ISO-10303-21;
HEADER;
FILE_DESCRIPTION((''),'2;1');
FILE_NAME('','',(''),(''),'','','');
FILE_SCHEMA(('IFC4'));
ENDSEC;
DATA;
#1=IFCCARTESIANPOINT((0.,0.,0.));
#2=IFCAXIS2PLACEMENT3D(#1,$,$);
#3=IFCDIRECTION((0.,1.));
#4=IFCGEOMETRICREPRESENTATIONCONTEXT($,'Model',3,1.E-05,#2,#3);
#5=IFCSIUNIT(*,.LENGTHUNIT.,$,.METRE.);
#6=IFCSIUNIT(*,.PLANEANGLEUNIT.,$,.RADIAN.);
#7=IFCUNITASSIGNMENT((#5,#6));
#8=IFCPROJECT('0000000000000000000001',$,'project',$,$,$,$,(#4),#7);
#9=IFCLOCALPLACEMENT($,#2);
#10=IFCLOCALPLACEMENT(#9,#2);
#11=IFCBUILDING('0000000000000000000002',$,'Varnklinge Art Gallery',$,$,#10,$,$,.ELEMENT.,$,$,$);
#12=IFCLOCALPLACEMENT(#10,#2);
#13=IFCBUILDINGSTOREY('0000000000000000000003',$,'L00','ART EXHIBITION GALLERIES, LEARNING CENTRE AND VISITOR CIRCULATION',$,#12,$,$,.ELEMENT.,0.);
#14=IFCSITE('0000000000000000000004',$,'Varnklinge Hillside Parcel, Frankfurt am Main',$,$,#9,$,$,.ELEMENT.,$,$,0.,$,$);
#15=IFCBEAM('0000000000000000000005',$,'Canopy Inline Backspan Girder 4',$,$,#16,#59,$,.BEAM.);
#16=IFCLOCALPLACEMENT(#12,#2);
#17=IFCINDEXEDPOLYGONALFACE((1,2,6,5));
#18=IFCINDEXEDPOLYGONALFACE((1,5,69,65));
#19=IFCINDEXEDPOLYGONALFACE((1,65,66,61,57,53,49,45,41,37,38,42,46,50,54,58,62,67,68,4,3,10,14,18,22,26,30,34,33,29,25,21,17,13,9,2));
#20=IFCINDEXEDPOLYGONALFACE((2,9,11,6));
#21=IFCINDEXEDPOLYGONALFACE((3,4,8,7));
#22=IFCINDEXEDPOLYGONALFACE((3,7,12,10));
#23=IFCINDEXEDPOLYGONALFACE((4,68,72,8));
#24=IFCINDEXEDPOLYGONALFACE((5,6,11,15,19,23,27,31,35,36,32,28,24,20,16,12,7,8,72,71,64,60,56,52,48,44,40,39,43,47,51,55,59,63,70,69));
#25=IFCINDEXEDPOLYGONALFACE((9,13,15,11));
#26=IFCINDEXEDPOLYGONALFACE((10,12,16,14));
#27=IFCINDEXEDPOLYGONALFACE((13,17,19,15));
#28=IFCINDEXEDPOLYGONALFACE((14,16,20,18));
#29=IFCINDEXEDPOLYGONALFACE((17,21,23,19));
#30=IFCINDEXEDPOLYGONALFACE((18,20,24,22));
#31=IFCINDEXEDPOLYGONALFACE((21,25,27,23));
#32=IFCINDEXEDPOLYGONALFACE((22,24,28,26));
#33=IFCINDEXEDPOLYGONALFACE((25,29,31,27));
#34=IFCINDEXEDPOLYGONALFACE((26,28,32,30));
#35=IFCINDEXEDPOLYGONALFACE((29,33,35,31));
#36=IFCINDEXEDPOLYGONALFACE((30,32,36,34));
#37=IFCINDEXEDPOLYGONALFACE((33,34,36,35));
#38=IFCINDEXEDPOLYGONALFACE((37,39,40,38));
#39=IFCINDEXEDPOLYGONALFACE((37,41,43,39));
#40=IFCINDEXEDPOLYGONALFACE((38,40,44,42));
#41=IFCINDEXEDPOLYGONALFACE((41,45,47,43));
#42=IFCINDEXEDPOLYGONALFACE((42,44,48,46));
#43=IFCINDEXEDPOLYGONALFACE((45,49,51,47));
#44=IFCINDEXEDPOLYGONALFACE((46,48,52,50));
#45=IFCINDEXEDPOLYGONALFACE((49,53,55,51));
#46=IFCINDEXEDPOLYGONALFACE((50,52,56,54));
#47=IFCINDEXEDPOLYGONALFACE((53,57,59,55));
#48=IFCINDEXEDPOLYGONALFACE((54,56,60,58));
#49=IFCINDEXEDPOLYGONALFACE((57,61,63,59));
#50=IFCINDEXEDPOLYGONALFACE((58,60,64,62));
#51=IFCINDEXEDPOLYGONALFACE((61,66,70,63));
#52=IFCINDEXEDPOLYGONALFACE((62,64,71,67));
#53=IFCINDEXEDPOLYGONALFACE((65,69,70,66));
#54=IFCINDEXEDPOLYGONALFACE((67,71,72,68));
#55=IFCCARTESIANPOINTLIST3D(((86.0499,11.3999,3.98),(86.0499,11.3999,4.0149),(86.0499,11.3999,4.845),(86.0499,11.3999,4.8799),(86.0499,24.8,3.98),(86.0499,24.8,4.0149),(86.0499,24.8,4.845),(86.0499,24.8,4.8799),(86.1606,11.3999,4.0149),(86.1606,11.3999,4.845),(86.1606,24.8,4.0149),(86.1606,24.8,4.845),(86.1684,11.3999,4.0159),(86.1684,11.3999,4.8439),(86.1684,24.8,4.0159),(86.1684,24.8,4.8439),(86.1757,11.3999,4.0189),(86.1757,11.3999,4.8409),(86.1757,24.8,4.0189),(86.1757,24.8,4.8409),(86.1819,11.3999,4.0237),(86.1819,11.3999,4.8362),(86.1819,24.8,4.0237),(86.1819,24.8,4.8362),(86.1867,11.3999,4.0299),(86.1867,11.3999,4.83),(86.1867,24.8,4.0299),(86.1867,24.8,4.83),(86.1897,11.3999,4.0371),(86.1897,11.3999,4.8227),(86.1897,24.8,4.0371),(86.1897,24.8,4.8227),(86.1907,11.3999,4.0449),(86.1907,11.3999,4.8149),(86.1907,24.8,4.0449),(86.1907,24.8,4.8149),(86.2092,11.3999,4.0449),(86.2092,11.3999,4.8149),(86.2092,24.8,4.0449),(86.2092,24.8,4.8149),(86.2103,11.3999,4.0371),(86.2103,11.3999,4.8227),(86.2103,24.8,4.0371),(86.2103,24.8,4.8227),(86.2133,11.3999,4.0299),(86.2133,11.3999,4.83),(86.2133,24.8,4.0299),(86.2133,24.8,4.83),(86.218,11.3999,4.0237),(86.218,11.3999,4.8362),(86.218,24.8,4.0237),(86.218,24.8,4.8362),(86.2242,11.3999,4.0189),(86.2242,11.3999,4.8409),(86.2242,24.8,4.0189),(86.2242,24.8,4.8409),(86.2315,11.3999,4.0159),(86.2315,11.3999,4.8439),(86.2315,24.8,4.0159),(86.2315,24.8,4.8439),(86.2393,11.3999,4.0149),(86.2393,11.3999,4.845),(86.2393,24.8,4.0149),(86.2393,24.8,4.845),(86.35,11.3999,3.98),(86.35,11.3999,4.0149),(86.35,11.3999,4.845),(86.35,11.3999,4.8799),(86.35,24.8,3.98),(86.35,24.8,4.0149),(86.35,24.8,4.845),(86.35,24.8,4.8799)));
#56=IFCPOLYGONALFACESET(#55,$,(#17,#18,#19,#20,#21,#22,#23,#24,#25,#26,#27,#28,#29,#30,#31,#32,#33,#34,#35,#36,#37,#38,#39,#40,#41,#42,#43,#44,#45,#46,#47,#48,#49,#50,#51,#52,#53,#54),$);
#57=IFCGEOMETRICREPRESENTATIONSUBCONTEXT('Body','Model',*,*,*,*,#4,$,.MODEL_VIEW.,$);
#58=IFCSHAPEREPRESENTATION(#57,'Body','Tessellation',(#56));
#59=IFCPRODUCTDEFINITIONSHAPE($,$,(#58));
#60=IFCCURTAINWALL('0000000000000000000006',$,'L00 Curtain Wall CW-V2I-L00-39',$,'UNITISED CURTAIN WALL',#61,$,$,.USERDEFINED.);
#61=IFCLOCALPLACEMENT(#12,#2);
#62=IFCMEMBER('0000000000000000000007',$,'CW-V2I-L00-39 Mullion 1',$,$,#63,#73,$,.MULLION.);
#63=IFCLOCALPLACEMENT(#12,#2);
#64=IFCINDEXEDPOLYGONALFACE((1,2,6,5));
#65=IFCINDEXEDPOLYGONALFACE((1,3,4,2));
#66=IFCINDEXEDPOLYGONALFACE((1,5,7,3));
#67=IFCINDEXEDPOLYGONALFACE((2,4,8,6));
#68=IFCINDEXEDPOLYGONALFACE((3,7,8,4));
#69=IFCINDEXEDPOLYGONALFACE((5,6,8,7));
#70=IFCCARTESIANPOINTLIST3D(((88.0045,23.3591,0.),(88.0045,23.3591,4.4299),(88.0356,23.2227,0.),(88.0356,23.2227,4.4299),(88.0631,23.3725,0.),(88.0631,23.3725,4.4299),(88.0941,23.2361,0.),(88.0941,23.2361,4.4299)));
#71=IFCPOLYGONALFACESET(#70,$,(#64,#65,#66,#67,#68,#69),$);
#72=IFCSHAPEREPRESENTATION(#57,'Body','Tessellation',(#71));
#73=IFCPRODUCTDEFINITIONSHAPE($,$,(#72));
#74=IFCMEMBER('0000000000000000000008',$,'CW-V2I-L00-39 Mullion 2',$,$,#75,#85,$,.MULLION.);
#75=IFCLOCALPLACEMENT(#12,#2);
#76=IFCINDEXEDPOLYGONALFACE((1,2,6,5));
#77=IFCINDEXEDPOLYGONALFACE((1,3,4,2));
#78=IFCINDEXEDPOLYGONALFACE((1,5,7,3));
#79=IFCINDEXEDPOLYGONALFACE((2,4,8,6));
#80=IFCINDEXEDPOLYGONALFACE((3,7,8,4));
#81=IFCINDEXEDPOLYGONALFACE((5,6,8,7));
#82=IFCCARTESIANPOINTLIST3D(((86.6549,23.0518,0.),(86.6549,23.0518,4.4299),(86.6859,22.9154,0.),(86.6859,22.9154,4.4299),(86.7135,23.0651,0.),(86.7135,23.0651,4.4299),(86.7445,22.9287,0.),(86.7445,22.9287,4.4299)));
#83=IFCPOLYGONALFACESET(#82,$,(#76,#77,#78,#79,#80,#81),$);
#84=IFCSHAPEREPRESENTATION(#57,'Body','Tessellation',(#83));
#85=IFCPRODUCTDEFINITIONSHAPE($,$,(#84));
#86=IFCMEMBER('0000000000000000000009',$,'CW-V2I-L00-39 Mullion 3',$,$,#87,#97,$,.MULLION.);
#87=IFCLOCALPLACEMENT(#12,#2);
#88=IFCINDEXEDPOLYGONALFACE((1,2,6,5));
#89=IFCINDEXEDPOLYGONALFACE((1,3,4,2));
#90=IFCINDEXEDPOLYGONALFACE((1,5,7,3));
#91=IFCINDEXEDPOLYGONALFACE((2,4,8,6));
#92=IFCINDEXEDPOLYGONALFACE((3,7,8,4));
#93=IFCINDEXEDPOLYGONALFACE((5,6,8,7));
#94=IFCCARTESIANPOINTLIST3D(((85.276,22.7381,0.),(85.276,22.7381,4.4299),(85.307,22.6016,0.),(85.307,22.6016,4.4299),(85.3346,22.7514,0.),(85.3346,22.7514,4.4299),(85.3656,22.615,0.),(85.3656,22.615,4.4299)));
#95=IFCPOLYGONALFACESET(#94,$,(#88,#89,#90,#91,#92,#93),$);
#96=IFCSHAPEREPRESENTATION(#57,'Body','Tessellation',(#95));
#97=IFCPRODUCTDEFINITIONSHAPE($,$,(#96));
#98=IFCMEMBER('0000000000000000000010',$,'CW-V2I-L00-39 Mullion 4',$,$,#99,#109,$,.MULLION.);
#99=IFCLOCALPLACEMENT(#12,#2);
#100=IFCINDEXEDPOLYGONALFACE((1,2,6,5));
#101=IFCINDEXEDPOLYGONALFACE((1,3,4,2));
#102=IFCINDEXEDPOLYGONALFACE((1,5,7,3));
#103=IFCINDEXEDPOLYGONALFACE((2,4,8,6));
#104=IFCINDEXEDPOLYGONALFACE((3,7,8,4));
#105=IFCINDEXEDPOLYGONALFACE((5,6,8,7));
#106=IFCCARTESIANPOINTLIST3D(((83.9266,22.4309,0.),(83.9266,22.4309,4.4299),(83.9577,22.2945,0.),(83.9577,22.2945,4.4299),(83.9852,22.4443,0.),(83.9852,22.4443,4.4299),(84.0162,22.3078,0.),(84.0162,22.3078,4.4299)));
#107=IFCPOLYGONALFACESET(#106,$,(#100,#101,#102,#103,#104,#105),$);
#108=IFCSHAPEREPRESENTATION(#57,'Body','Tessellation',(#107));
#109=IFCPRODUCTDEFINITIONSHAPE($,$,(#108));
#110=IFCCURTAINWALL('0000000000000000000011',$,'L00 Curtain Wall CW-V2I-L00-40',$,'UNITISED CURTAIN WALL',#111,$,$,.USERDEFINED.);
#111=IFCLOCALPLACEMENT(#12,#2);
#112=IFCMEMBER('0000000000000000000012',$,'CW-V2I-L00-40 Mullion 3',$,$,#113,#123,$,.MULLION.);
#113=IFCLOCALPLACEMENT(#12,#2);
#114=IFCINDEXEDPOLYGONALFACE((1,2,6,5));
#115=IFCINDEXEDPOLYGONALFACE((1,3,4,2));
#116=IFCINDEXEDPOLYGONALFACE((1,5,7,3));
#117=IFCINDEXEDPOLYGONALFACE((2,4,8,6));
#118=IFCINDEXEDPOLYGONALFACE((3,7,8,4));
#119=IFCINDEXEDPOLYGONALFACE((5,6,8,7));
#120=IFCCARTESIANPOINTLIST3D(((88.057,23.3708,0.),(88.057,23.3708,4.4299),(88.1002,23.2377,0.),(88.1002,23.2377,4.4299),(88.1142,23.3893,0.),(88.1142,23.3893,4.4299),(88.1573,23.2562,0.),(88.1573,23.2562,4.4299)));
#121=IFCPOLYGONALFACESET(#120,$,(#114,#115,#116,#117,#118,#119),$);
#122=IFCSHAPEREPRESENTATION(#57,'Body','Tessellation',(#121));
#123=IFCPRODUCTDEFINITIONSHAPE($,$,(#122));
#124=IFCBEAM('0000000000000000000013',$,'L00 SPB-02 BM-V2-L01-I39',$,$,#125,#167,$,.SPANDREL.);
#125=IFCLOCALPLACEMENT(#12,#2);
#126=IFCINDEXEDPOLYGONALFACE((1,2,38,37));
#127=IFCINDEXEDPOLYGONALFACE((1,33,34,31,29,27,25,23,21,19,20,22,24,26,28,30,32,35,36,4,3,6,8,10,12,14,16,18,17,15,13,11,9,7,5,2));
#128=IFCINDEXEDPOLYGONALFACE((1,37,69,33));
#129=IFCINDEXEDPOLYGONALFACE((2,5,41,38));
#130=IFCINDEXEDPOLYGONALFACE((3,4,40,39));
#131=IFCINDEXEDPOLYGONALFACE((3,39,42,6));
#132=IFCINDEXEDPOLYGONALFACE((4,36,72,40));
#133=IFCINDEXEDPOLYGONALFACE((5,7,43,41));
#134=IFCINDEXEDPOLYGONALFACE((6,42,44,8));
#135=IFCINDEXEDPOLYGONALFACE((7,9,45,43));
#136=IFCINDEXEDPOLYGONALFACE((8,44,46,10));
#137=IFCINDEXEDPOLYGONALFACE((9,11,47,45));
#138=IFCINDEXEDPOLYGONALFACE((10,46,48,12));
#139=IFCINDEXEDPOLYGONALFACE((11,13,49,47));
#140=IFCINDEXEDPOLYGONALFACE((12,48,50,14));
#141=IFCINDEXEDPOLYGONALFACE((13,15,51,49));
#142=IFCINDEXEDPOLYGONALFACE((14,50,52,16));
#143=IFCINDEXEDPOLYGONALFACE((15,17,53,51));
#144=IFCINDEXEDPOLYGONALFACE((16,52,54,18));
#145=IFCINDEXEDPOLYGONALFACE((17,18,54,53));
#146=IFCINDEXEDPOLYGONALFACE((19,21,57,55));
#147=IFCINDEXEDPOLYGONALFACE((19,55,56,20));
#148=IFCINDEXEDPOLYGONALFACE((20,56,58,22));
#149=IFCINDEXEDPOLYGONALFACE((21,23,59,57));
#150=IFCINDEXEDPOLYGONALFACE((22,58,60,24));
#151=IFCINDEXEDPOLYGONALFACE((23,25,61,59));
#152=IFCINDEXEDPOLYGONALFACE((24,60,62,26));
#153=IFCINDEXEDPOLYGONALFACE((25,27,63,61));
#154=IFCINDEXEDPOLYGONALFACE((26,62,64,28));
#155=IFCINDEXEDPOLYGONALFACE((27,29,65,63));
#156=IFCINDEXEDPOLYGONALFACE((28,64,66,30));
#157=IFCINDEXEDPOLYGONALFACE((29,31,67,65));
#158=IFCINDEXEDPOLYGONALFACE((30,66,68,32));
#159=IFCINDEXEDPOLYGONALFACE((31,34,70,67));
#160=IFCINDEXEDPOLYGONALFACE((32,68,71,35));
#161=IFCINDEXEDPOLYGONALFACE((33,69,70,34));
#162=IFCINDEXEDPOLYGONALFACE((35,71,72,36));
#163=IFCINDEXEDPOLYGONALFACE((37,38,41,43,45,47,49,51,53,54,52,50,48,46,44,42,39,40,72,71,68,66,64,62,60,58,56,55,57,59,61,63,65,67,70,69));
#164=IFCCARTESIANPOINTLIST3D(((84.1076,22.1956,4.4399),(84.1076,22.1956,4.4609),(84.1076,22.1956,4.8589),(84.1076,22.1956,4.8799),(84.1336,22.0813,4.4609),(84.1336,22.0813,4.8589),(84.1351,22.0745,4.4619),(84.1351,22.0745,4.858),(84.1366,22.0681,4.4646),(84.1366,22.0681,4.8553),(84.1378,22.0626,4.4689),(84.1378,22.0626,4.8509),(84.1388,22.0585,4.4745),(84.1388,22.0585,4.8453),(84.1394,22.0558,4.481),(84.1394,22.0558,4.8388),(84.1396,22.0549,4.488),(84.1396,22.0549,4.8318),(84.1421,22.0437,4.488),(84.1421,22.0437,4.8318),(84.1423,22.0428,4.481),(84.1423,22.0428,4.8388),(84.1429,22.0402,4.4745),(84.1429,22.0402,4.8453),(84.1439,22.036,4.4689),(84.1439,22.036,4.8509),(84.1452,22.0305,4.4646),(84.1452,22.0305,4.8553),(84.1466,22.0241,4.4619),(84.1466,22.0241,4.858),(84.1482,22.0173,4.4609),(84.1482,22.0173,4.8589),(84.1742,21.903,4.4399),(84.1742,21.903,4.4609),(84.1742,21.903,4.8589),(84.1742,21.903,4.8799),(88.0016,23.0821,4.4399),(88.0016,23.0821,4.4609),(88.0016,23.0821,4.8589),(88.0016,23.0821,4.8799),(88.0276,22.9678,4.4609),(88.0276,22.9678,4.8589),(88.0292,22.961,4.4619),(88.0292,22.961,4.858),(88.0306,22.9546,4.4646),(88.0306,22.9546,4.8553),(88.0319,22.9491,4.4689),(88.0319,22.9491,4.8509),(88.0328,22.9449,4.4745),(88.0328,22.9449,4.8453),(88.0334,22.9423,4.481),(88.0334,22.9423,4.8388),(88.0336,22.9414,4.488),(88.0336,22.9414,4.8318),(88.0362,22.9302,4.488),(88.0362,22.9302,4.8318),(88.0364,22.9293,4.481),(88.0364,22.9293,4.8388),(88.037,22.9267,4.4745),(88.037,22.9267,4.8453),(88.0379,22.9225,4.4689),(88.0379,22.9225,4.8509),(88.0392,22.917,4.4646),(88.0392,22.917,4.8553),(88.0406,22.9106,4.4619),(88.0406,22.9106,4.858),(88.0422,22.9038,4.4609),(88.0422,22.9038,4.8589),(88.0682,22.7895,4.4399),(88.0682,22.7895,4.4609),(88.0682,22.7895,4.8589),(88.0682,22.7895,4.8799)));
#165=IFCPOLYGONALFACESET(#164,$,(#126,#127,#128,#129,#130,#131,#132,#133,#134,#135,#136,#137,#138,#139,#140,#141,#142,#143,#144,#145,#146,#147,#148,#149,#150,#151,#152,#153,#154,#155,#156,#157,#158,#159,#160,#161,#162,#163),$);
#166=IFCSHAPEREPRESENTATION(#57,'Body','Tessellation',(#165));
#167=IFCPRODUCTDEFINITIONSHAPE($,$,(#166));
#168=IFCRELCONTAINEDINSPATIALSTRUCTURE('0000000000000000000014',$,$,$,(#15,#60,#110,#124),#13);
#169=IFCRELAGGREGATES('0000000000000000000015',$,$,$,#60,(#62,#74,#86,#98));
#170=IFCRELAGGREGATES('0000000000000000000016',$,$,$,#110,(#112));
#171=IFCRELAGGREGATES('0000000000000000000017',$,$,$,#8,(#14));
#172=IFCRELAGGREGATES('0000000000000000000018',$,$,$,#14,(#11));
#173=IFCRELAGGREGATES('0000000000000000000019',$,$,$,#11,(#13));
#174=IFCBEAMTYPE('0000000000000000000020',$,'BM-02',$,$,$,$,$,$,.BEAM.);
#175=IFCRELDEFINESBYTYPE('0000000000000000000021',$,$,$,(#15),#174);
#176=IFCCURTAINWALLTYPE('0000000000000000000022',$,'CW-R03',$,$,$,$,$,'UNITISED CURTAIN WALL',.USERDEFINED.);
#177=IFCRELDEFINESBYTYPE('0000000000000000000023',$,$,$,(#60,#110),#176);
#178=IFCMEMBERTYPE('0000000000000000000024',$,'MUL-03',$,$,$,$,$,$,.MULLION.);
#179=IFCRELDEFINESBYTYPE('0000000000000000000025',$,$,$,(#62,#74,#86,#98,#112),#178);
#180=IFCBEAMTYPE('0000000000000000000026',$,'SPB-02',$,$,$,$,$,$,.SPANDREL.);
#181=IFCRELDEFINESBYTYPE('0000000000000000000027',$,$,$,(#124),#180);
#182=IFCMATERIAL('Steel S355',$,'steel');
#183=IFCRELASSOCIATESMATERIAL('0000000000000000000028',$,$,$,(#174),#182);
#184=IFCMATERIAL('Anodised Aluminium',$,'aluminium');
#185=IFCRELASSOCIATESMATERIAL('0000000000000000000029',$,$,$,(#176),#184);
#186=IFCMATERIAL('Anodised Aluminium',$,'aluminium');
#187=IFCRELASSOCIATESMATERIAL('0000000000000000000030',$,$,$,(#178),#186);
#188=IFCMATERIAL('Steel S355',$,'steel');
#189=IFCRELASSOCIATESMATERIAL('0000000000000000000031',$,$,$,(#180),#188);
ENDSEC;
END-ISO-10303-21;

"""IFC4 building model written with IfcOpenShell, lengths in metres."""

from ifc_helpers import new_model, si_unit, direction, frame, origin, origin_2d, place, context, subcontext, project, spatial, rectangle, i_section, extrude, material, material_profile, profile_set, type_object, element, aggregate, save


model = new_model("IFC4")

# Units and contexts
model_context = context("Model", 3, precision=1e-05, world=origin(), true_north=direction((0.0, 1.0)))
body_context = subcontext(model_context, "Body", "Model", "MODEL_VIEW")
ifc_project = project(units=[si_unit("LENGTHUNIT", "METRE"), si_unit("PLANEANGLEUNIT", "RADIAN")], contexts=[model_context])

# Site, building, storey
site_placement = place(None, origin())
site = spatial("IfcSite", under=ifc_project, at=site_placement, Name="Varnklinge Hillside Parcel, Frankfurt am Main", CompositionType="ELEMENT", RefElevation=0.0)
building_placement = place(site_placement, origin())
building = spatial("IfcBuilding", under=site, at=building_placement, Name="Varnklinge Art Gallery", CompositionType="ELEMENT")
storey_placement = place(building_placement, origin())
storey = spatial("IfcBuildingStorey", under=building, at=storey_placement, Name="L00", Description="ART EXHIBITION GALLERIES, LEARNING CENTRE AND VISITOR CIRCULATION", CompositionType="ELEMENT", Elevation=0.0)

# Beam
ifc_material_1 = material(Name="Steel S355", Category="steel")
ifc_material_profile_1 = material_profile(ifc_material_1, i_section(OverallWidth=0.3, OverallDepth=0.8999, WebThickness=0.0186, FlangeThickness=0.0349, FilletRadius=0.03, at=origin_2d()), Name="HEB 900")
ifc_profile_set_1 = profile_set([ifc_material_profile_1], Name="Steel S355")
beam_type_1 = type_object("IfcBeamType", Name="BM-02", PredefinedType="BEAM", material=ifc_profile_set_1)
beam_1_placement = place(storey_placement, frame((86.2, 24.8, 4.4299), z_axis=(0.0, -1.0, 0.0), x_axis=(1.0, 0.0, 0.0)))
element("IfcBeam", 1, at=beam_1_placement, inside=storey, type_object=beam_type_1, Name="Canopy Inline Backspan Girder 4", PredefinedType="BEAM", context=body_context, shape_type="SweptSolid", body=[
    extrude(i_section(OverallWidth=0.3, OverallDepth=0.8999, WebThickness=0.0186, FlangeThickness=0.0349, FilletRadius=0.03, at=origin_2d()), origin(), (0.0, 0.0, 1.0), 13.4001),
])

# Curtain wall, members
ifc_material_2 = material(Name="Anodised Aluminium", Category="aluminium")
curtain_wall_type = type_object("IfcCurtainWallType", Name="CW-R03", ElementType="UNITISED CURTAIN WALL", PredefinedType="USERDEFINED", material=ifc_material_2)
curtain_wall_1_placement = place(storey_placement, origin())
curtain_wall_1 = element("IfcCurtainWall", 2, at=curtain_wall_1_placement, inside=storey, type_object=curtain_wall_type, Name="L00 Curtain Wall CW-V2I-L00-39", ObjectType="UNITISED CURTAIN WALL", PredefinedType="USERDEFINED")
ifc_material_3 = material(Name="Anodised Aluminium", Category="aluminium")
ifc_material_profile_2 = material_profile(ifc_material_3, rectangle(XDim=0.0601, YDim=0.1399, at=origin_2d()), Name="ALU 60x140")
ifc_profile_set_2 = profile_set([ifc_material_profile_2], Name="Anodised Aluminium")
member_type_1 = type_object("IfcMemberType", Name="MUL-03", PredefinedType="MULLION", material=ifc_profile_set_2)
member_1_placement = place(storey_placement, frame((88.0493, 23.2976, 0.0), z_axis=(0.0, 0.0, 1.0), x_axis=(-0.975072, -0.221889, 0.0)))
member_1 = element("IfcMember", 3, at=member_1_placement, type_object=member_type_1, Name="CW-V2I-L00-39 Mullion 1", PredefinedType="MULLION", context=body_context, shape_type="SweptSolid", body=[
    extrude(rectangle(XDim=0.0601, YDim=0.1399, at=origin_2d()), origin(), (0.0, 0.0, 1.0), 4.4299),
])
member_2_placement = place(storey_placement, frame((86.6997, 22.9902, 0.0), z_axis=(0.0, 0.0, 1.0), x_axis=(-0.975072, -0.221889, 0.0)))
member_2 = element("IfcMember", 4, at=member_2_placement, type_object=member_type_1, Name="CW-V2I-L00-39 Mullion 2", PredefinedType="MULLION", context=body_context, shape_type="SweptSolid", body=[
    extrude(rectangle(XDim=0.0601, YDim=0.1399, at=origin_2d()), origin(), (0.0, 0.0, 1.0), 4.4299),
])
member_3_placement = place(storey_placement, frame((85.3208, 22.6765, 0.0), z_axis=(0.0, 0.0, 1.0), x_axis=(-0.975072, -0.221889, 0.0)))
member_3 = element("IfcMember", 5, at=member_3_placement, type_object=member_type_1, Name="CW-V2I-L00-39 Mullion 3", PredefinedType="MULLION", context=body_context, shape_type="SweptSolid", body=[
    extrude(rectangle(XDim=0.0601, YDim=0.1399, at=origin_2d()), origin(), (0.0, 0.0, 1.0), 4.4299),
])
member_4_placement = place(storey_placement, frame((83.9714, 22.3694, 0.0), z_axis=(0.0, 0.0, 1.0), x_axis=(-0.975072, -0.221889, 0.0)))
member_4 = element("IfcMember", 6, at=member_4_placement, type_object=member_type_1, Name="CW-V2I-L00-39 Mullion 4", PredefinedType="MULLION", context=body_context, shape_type="SweptSolid", body=[
    extrude(rectangle(XDim=0.0601, YDim=0.1399, at=origin_2d()), origin(), (0.0, 0.0, 1.0), 4.4299),
])

# Curtain wall, member
curtain_wall_2_placement = place(storey_placement, origin())
curtain_wall_2 = element("IfcCurtainWall", 7, at=curtain_wall_2_placement, inside=storey, type_object=curtain_wall_type, Name="L00 Curtain Wall CW-V2I-L00-40", ObjectType="UNITISED CURTAIN WALL", PredefinedType="USERDEFINED")
member_5_placement = place(storey_placement, frame((88.1072, 23.3135, 0.0), z_axis=(0.0, 0.0, 1.0), x_axis=(-0.951272, -0.308353, 0.0)))
member_5 = element("IfcMember", 8, at=member_5_placement, type_object=member_type_1, Name="CW-V2I-L00-40 Mullion 3", PredefinedType="MULLION", context=body_context, shape_type="SweptSolid", body=[
    extrude(rectangle(XDim=0.0601, YDim=0.1399, at=origin_2d()), origin(), (0.0, 0.0, 1.0), 4.4299),
])

# Beam
ifc_material_4 = material(Name="Steel S355", Category="steel")
ifc_material_profile_3 = material_profile(ifc_material_4, i_section(OverallWidth=0.3, OverallDepth=0.4399, WebThickness=0.0115, FlangeThickness=0.021, FilletRadius=0.0271, at=origin_2d()), Name="HEA 450")
ifc_profile_set_3 = profile_set([ifc_material_profile_3], Name="Steel S355")
beam_type_2 = type_object("IfcBeamType", Name="SPB-02", PredefinedType="SPANDREL", material=ifc_profile_set_3)
beam_2_placement = place(storey_placement, frame((84.1409, 22.0493, 4.6599), z_axis=(0.975054, 0.22197, 0.0), x_axis=(-0.22197, 0.975054, 0.0)))
element("IfcBeam", 9, at=beam_2_placement, inside=storey, type_object=beam_type_2, Name="L00 SPB-02 BM-V2-L01-I39", PredefinedType="SPANDREL", context=body_context, shape_type="SweptSolid", body=[
    extrude(i_section(OverallWidth=0.3, OverallDepth=0.4399, WebThickness=0.0115, FlangeThickness=0.021, FilletRadius=0.0271, at=origin_2d()), origin(), (0.0, 0.0, 1.0), 3.9937),
])

aggregate(curtain_wall_1, [member_1, member_2, member_3, member_4])
aggregate(curtain_wall_2, [member_5])

save(model, "model.ifc")
